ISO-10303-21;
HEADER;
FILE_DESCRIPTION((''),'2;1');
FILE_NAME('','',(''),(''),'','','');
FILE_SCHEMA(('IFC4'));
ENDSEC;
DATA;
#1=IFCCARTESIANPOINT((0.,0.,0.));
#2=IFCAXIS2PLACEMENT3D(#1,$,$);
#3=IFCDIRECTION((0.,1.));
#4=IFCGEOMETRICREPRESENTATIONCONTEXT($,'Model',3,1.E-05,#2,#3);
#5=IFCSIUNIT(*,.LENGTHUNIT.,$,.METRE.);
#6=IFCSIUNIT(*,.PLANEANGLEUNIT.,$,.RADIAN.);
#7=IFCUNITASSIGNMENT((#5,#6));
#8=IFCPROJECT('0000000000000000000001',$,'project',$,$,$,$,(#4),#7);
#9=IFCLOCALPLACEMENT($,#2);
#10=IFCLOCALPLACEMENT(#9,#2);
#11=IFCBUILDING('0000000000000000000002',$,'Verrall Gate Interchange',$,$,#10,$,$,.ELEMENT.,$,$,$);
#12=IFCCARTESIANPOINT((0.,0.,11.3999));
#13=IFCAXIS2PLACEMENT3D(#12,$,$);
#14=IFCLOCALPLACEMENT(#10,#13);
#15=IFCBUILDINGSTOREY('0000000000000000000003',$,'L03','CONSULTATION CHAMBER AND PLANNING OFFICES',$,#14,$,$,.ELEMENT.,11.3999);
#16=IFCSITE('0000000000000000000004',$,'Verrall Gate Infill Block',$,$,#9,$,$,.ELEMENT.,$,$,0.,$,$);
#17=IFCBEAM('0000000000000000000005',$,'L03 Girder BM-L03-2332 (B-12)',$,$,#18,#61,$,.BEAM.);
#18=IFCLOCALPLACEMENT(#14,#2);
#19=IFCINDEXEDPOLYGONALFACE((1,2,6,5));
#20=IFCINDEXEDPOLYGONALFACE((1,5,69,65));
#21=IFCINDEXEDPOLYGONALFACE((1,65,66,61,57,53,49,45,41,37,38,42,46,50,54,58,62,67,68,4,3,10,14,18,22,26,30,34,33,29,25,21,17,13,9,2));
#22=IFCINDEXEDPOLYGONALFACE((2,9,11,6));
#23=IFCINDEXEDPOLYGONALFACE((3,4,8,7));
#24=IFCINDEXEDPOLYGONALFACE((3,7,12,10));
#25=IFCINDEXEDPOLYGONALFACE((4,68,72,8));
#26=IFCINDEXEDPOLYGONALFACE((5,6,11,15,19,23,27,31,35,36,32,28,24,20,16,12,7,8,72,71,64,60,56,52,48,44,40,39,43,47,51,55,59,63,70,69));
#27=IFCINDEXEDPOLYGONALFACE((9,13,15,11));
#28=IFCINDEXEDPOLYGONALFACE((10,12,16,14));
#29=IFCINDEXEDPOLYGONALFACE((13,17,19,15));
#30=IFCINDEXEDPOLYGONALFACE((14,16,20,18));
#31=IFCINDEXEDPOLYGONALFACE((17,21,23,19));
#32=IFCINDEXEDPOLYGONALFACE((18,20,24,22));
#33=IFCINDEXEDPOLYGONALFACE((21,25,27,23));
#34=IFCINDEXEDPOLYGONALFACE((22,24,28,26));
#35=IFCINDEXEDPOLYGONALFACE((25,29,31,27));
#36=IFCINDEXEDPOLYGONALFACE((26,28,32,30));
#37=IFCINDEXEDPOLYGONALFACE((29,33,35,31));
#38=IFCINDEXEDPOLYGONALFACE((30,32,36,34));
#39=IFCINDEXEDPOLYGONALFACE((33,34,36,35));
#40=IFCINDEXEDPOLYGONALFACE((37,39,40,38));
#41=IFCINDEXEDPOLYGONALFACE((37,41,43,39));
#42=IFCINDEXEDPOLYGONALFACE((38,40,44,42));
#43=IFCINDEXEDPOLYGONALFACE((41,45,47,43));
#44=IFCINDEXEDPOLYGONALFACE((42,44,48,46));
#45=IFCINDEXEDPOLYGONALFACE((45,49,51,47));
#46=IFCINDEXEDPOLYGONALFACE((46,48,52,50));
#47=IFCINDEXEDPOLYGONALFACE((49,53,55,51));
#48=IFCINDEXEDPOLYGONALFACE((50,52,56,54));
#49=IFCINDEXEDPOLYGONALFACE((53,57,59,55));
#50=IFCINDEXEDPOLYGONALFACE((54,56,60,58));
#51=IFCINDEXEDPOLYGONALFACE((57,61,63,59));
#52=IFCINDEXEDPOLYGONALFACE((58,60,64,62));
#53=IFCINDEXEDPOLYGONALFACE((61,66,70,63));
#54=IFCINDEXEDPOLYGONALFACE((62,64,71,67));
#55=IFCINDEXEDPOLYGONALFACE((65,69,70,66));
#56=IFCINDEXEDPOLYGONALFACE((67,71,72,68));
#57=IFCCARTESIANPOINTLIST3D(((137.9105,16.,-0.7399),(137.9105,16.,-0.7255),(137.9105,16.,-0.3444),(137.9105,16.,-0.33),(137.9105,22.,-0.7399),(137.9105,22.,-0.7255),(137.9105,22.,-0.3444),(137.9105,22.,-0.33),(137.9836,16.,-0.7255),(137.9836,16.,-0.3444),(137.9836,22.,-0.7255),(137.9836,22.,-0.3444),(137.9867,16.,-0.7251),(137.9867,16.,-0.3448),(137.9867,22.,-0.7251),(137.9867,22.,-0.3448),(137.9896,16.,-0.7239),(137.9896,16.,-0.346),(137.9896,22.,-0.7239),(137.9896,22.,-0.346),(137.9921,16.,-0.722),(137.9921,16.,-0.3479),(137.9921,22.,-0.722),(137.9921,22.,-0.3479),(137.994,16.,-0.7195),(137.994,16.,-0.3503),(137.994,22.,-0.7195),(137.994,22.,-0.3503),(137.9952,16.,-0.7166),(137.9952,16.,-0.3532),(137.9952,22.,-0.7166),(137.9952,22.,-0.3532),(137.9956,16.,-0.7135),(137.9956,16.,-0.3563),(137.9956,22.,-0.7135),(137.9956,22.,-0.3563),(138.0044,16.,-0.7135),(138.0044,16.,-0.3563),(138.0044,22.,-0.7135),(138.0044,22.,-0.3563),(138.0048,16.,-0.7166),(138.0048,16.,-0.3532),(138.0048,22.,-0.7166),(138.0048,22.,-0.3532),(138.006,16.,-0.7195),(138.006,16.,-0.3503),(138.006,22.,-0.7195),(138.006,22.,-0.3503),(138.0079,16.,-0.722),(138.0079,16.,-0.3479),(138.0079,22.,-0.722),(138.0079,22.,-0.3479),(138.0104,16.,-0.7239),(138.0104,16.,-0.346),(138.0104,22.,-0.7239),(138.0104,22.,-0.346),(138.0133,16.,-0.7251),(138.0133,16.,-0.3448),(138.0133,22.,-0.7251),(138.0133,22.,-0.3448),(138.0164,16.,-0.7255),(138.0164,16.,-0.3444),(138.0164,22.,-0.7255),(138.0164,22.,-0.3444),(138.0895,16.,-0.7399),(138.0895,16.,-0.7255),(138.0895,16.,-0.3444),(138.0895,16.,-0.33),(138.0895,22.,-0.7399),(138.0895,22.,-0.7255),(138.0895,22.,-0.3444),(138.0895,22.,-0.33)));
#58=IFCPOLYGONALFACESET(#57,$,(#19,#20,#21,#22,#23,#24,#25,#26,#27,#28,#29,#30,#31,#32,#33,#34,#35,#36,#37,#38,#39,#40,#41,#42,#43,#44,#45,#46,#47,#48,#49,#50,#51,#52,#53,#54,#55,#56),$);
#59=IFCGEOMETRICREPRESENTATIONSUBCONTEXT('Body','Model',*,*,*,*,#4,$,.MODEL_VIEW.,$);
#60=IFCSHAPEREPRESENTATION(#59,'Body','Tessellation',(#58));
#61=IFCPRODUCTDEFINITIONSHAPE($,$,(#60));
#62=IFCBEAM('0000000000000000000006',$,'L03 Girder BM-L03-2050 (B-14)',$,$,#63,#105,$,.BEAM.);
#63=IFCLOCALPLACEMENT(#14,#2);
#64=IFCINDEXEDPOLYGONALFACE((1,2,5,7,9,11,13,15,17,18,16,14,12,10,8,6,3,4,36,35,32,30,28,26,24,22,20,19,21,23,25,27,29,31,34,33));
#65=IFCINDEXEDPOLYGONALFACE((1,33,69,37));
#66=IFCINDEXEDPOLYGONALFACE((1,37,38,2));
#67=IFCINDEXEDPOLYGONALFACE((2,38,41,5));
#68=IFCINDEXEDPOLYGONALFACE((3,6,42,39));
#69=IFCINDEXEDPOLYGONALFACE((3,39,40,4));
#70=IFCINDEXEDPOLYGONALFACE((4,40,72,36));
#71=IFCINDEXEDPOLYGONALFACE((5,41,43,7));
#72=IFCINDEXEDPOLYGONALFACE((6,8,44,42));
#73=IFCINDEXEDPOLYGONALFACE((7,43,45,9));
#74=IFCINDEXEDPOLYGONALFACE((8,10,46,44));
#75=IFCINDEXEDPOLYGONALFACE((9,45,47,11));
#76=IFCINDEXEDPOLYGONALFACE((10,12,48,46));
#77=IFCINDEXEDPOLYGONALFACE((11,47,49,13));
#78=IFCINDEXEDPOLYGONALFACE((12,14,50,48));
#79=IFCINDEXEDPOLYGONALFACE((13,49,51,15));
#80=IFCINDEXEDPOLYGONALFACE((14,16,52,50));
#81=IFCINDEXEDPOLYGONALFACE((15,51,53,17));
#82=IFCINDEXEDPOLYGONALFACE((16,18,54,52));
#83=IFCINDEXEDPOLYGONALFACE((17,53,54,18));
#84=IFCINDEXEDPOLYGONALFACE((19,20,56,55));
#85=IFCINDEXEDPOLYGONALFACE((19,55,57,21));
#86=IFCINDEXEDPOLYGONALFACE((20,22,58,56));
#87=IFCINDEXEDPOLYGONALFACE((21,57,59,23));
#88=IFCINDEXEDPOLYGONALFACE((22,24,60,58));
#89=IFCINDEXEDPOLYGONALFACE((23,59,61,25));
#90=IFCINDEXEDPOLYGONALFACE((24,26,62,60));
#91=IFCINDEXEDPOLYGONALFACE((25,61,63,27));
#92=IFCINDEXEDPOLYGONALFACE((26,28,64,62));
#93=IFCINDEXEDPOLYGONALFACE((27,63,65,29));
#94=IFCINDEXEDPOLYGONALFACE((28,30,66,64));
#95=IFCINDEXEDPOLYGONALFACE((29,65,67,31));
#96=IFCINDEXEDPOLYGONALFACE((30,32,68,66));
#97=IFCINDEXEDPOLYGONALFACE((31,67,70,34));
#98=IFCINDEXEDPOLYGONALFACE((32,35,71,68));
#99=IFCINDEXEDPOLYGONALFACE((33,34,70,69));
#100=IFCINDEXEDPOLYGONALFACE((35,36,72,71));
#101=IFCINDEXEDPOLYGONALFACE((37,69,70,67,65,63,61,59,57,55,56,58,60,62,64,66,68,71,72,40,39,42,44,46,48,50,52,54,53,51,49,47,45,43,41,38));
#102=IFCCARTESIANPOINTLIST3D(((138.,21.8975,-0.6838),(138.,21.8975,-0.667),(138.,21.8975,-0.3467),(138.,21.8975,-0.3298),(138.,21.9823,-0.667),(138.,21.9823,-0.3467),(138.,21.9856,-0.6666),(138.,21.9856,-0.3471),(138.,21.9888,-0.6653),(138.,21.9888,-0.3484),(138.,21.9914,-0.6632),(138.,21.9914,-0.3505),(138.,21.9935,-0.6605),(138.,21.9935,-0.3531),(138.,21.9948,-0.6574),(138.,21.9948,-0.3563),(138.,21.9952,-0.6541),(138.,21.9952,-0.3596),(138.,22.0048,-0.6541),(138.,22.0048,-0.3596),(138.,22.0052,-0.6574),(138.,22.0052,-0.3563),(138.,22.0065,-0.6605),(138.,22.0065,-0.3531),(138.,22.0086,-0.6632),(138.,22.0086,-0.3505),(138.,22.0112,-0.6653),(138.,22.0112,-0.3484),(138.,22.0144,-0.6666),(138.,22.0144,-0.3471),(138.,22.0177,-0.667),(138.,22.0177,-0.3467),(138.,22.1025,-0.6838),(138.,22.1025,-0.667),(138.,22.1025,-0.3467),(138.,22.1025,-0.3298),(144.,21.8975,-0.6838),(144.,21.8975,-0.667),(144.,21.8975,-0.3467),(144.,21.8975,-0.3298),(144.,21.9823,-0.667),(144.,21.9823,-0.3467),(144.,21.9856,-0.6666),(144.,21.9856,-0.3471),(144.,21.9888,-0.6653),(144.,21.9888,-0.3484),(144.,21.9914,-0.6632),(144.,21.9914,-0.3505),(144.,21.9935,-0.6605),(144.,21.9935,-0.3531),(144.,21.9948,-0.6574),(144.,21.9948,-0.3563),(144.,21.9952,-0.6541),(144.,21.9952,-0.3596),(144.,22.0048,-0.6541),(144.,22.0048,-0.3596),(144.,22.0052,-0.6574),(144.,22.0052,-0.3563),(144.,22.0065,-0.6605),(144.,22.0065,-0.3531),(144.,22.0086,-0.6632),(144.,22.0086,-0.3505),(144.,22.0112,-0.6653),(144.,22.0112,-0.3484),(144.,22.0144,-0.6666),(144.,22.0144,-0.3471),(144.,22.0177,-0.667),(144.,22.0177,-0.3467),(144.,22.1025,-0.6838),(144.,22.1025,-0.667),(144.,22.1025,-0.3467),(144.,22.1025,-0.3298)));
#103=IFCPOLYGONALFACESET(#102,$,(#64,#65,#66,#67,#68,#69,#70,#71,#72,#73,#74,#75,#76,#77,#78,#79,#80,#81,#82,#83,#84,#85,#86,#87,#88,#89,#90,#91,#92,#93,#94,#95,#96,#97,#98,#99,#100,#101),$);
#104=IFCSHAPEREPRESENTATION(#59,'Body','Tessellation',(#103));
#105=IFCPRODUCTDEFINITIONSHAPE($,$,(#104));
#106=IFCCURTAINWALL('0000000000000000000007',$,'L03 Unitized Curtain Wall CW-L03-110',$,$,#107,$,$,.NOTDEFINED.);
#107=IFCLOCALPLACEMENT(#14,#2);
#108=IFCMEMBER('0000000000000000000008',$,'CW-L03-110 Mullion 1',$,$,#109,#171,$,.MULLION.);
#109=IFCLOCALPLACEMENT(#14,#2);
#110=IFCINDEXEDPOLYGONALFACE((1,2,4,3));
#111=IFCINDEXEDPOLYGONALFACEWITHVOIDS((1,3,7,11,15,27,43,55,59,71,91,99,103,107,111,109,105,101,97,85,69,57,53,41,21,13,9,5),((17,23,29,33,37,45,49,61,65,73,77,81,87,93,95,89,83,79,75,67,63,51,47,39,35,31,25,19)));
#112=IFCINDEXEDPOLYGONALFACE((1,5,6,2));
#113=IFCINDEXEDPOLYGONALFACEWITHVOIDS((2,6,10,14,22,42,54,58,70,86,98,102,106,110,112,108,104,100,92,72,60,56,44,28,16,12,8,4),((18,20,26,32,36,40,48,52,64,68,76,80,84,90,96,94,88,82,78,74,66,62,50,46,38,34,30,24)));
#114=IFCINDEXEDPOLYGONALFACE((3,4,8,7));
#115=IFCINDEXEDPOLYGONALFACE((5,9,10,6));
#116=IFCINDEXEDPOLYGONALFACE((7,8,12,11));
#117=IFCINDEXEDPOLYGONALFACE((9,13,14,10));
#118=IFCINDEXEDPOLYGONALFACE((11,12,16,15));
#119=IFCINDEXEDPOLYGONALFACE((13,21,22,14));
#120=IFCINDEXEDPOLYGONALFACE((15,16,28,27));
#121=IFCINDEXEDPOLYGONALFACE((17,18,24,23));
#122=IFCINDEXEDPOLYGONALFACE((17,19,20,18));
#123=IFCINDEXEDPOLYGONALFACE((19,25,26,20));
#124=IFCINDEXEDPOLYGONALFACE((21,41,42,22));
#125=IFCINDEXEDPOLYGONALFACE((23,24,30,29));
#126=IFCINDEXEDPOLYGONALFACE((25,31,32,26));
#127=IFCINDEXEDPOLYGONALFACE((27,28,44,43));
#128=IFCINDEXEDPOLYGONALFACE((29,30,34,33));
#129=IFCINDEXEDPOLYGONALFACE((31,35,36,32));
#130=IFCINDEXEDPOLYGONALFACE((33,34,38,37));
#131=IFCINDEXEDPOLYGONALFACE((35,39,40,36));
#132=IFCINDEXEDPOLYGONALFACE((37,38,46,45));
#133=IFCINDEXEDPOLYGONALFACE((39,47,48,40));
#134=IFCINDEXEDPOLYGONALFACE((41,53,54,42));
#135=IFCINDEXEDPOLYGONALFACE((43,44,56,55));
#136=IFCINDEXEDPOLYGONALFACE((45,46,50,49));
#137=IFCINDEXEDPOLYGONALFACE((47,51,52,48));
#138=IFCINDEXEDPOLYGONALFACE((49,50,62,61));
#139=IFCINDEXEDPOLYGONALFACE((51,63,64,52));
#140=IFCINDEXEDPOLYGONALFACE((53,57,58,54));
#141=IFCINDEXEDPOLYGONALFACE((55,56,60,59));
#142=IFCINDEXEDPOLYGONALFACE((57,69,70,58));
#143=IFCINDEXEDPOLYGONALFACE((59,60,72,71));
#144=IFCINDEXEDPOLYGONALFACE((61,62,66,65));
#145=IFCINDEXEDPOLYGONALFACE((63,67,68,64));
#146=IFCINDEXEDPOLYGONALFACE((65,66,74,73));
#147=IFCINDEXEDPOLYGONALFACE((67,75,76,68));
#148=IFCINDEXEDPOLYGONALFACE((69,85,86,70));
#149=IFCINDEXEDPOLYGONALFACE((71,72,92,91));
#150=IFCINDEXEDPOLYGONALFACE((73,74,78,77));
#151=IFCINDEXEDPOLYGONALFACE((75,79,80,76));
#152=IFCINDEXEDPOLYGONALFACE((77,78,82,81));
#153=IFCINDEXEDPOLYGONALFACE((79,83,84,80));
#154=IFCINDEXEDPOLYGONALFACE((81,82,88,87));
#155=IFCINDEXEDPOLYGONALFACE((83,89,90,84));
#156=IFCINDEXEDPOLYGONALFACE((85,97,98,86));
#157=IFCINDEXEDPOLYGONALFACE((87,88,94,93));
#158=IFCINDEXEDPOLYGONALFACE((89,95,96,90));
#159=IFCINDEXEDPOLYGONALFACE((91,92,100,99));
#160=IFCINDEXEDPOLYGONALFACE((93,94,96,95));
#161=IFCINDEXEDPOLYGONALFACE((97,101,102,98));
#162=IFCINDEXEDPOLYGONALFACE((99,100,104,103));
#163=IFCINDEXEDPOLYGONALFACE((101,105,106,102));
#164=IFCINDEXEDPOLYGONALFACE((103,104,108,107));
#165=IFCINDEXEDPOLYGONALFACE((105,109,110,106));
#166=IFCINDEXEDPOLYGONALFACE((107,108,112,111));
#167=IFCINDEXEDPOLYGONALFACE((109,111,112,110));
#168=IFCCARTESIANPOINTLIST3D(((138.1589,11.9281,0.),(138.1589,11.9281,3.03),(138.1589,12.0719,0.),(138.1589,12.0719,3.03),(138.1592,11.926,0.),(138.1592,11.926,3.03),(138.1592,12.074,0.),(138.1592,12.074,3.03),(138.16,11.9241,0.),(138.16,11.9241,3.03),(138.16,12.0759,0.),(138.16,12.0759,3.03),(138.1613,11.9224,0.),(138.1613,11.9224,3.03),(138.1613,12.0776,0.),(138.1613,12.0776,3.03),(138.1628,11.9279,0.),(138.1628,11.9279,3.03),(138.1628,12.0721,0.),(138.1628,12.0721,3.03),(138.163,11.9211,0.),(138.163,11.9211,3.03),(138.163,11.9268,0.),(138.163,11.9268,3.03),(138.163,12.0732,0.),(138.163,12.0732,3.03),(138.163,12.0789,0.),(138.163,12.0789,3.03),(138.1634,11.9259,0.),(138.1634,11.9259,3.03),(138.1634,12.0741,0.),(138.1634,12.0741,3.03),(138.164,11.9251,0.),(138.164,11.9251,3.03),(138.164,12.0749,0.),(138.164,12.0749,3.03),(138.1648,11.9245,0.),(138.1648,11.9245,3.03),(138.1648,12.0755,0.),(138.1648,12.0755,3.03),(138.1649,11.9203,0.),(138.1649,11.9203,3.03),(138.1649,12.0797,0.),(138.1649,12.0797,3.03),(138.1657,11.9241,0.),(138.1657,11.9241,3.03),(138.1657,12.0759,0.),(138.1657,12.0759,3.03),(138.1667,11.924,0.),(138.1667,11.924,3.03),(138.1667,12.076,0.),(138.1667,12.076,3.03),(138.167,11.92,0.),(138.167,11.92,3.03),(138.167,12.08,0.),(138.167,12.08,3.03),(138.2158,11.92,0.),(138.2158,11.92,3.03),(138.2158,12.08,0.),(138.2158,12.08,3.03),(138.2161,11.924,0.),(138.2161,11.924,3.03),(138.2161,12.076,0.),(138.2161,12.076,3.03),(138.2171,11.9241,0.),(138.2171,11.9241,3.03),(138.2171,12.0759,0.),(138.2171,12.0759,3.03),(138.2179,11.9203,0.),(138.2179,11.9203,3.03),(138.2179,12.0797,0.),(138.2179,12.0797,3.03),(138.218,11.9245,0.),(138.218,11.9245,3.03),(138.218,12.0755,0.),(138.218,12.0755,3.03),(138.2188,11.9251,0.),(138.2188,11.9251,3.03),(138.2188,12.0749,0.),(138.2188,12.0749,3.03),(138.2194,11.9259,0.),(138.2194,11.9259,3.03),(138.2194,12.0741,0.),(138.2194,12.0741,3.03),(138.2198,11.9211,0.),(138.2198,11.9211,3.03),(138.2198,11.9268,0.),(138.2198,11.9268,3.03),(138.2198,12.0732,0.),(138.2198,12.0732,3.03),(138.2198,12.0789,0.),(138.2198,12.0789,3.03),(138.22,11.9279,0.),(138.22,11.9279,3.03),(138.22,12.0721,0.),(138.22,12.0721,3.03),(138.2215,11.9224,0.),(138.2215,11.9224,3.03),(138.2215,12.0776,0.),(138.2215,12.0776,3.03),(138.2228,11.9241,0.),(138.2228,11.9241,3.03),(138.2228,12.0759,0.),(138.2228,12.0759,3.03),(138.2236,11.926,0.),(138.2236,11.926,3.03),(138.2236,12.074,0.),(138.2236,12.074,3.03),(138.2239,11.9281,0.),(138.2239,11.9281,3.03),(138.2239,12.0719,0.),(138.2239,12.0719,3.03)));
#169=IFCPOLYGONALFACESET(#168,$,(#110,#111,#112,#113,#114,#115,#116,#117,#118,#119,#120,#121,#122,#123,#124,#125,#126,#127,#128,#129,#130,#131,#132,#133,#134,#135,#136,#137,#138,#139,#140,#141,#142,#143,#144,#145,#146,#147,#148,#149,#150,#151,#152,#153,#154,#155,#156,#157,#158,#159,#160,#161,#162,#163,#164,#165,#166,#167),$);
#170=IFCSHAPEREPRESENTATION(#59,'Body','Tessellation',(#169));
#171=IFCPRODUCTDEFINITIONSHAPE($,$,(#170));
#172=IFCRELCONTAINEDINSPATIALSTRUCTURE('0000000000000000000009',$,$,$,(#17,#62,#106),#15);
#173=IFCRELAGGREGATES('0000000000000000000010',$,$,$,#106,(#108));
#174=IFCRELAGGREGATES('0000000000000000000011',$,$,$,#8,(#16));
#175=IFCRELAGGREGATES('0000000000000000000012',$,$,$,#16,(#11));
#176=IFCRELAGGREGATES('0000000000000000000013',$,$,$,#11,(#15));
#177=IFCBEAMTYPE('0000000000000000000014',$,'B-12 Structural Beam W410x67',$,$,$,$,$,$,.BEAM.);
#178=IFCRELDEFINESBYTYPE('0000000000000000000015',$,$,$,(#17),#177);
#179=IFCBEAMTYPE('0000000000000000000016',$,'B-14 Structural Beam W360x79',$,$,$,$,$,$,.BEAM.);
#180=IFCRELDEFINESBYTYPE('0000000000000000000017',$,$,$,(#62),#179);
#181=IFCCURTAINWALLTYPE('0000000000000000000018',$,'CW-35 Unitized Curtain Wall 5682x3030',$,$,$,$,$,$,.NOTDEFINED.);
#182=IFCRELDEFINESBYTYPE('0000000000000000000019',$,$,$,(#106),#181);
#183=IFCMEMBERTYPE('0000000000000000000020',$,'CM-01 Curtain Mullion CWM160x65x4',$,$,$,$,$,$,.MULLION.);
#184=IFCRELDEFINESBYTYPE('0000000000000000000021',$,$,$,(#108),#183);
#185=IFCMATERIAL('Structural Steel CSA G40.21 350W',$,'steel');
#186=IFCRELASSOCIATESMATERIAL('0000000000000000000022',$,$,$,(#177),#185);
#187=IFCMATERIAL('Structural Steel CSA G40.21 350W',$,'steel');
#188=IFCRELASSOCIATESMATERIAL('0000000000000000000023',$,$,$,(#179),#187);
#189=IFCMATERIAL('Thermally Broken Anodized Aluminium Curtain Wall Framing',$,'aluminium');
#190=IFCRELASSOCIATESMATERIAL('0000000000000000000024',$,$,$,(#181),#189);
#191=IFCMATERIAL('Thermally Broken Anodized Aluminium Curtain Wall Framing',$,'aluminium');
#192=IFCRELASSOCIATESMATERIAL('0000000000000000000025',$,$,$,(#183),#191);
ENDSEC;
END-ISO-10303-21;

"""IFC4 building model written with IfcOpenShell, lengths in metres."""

from ifc_helpers import new_model, si_unit, direction, frame, origin, origin_2d, place, context, subcontext, project, spatial, hollow_rectangle, i_section, extrude, material, material_profile, profile_set, type_object, element, aggregate, save


model = new_model("IFC4")

# Units and contexts
model_context = context("Model", 3, precision=1e-05, world=origin(), true_north=direction((0.0, 1.0)))
body_context = subcontext(model_context, "Body", "Model", "MODEL_VIEW")
ifc_project = project(units=[si_unit("LENGTHUNIT", "METRE"), si_unit("PLANEANGLEUNIT", "RADIAN")], contexts=[model_context])

# Site, building, storey
site_placement = place(None, origin())
site = spatial("IfcSite", under=ifc_project, at=site_placement, Name="Verrall Gate Infill Block", CompositionType="ELEMENT", RefElevation=0.0)
building_placement = place(site_placement, origin())
building = spatial("IfcBuilding", under=site, at=building_placement, Name="Verrall Gate Interchange", CompositionType="ELEMENT")
storey_placement = place(building_placement, frame((0.0, 0.0, 11.3999)))
storey = spatial("IfcBuildingStorey", under=building, at=storey_placement, Name="L03", Description="CONSULTATION CHAMBER AND PLANNING OFFICES", CompositionType="ELEMENT", Elevation=11.3999)

# Beams
ifc_material_1 = material(Name="Structural Steel CSA G40.21 350W", Category="steel")
ifc_material_profile_1 = material_profile(ifc_material_1, i_section(OverallWidth=0.179, OverallDepth=0.4099, WebThickness=0.0088, FlangeThickness=0.0144, FilletRadius=0.012, at=origin_2d()), Name="W410x67")
ifc_profile_set_1 = profile_set([ifc_material_profile_1], Name="Structural Steel CSA G40.21 350W")
beam_type_1 = type_object("IfcBeamType", Name="B-12 Structural Beam W410x67", PredefinedType="BEAM", material=ifc_profile_set_1)
beam_1_placement = place(storey_placement, frame((138.0, 16.0, -0.5349), z_axis=(0.0, 1.0, 0.0), x_axis=(-1.0, 0.0, 0.0)))
element("IfcBeam", 1, at=beam_1_placement, inside=storey, type_object=beam_type_1, Name="L03 Girder BM-L03-2332 (B-12)", PredefinedType="BEAM", context=body_context, shape_type="SweptSolid", body=[
    extrude(i_section(OverallWidth=0.179, OverallDepth=0.4099, WebThickness=0.0088, FlangeThickness=0.0144, FilletRadius=0.012, at=origin_2d()), origin(), (0.0, 0.0, 1.0), 6.0),
])
ifc_material_2 = material(Name="Structural Steel CSA G40.21 350W", Category="steel")
ifc_material_profile_2 = material_profile(ifc_material_2, i_section(OverallWidth=0.2051, OverallDepth=0.354, WebThickness=0.0095, FlangeThickness=0.0168, FilletRadius=0.0129, at=origin_2d()), Name="W360x79")
ifc_profile_set_2 = profile_set([ifc_material_profile_2], Name="Structural Steel CSA G40.21 350W")
beam_type_2 = type_object("IfcBeamType", Name="B-14 Structural Beam W360x79", PredefinedType="BEAM", material=ifc_profile_set_2)
beam_2_placement = place(storey_placement, frame((138.0, 22.0, -0.5068), z_axis=(1.0, 0.0, 0.0), x_axis=(0.0, 1.0, 0.0)))
element("IfcBeam", 2, at=beam_2_placement, inside=storey, type_object=beam_type_2, Name="L03 Girder BM-L03-2050 (B-14)", PredefinedType="BEAM", context=body_context, shape_type="SweptSolid", body=[
    extrude(i_section(OverallWidth=0.2051, OverallDepth=0.354, WebThickness=0.0095, FlangeThickness=0.0168, FilletRadius=0.0129, at=origin_2d()), origin(), (0.0, 0.0, 1.0), 6.0),
])

# Curtain wall, member
ifc_material_3 = material(Name="Thermally Broken Anodized Aluminium Curtain Wall Framing", Category="aluminium")
curtain_wall_type = type_object("IfcCurtainWallType", Name="CW-35 Unitized Curtain Wall 5682x3030", PredefinedType="NOTDEFINED", material=ifc_material_3)
curtain_wall_placement = place(storey_placement, origin())
curtain_wall = element("IfcCurtainWall", 3, at=curtain_wall_placement, inside=storey, type_object=curtain_wall_type, Name="L03 Unitized Curtain Wall CW-L03-110", PredefinedType="NOTDEFINED")
ifc_material_4 = material(Name="Thermally Broken Anodized Aluminium Curtain Wall Framing", Category="aluminium")
ifc_material_profile_3 = material_profile(ifc_material_4, hollow_rectangle(XDim=0.0649, YDim=0.1599, WallThickness=0.0039, InnerFilletRadius=0.0039, OuterFilletRadius=0.0081, at=origin_2d()), Name="CWM160x65x4")
ifc_profile_set_3 = profile_set([ifc_material_profile_3], Name="Thermally Broken Anodized Aluminium Curtain Wall Framing")
member_type_1 = type_object("IfcMemberType", Name="CM-01 Curtain Mullion CWM160x65x4", PredefinedType="MULLION", material=ifc_profile_set_3)
member_1_placement = place(storey_placement, frame((138.1914, 12.0, 0.0), z_axis=(0.0, 0.0, 1.0), x_axis=(1.0, 0.0, 0.0)))
member_1 = element("IfcMember", 4, at=member_1_placement, type_object=member_type_1, Name="CW-L03-110 Mullion 1", PredefinedType="MULLION", context=body_context, shape_type="SweptSolid", body=[
    extrude(hollow_rectangle(XDim=0.0649, YDim=0.1599, WallThickness=0.0039, InnerFilletRadius=0.0039, OuterFilletRadius=0.0081, at=origin_2d()), origin(), (0.0, 0.0, 1.0), 3.03),
])

aggregate(curtain_wall, [member_1])

save(model, "model.ifc")
